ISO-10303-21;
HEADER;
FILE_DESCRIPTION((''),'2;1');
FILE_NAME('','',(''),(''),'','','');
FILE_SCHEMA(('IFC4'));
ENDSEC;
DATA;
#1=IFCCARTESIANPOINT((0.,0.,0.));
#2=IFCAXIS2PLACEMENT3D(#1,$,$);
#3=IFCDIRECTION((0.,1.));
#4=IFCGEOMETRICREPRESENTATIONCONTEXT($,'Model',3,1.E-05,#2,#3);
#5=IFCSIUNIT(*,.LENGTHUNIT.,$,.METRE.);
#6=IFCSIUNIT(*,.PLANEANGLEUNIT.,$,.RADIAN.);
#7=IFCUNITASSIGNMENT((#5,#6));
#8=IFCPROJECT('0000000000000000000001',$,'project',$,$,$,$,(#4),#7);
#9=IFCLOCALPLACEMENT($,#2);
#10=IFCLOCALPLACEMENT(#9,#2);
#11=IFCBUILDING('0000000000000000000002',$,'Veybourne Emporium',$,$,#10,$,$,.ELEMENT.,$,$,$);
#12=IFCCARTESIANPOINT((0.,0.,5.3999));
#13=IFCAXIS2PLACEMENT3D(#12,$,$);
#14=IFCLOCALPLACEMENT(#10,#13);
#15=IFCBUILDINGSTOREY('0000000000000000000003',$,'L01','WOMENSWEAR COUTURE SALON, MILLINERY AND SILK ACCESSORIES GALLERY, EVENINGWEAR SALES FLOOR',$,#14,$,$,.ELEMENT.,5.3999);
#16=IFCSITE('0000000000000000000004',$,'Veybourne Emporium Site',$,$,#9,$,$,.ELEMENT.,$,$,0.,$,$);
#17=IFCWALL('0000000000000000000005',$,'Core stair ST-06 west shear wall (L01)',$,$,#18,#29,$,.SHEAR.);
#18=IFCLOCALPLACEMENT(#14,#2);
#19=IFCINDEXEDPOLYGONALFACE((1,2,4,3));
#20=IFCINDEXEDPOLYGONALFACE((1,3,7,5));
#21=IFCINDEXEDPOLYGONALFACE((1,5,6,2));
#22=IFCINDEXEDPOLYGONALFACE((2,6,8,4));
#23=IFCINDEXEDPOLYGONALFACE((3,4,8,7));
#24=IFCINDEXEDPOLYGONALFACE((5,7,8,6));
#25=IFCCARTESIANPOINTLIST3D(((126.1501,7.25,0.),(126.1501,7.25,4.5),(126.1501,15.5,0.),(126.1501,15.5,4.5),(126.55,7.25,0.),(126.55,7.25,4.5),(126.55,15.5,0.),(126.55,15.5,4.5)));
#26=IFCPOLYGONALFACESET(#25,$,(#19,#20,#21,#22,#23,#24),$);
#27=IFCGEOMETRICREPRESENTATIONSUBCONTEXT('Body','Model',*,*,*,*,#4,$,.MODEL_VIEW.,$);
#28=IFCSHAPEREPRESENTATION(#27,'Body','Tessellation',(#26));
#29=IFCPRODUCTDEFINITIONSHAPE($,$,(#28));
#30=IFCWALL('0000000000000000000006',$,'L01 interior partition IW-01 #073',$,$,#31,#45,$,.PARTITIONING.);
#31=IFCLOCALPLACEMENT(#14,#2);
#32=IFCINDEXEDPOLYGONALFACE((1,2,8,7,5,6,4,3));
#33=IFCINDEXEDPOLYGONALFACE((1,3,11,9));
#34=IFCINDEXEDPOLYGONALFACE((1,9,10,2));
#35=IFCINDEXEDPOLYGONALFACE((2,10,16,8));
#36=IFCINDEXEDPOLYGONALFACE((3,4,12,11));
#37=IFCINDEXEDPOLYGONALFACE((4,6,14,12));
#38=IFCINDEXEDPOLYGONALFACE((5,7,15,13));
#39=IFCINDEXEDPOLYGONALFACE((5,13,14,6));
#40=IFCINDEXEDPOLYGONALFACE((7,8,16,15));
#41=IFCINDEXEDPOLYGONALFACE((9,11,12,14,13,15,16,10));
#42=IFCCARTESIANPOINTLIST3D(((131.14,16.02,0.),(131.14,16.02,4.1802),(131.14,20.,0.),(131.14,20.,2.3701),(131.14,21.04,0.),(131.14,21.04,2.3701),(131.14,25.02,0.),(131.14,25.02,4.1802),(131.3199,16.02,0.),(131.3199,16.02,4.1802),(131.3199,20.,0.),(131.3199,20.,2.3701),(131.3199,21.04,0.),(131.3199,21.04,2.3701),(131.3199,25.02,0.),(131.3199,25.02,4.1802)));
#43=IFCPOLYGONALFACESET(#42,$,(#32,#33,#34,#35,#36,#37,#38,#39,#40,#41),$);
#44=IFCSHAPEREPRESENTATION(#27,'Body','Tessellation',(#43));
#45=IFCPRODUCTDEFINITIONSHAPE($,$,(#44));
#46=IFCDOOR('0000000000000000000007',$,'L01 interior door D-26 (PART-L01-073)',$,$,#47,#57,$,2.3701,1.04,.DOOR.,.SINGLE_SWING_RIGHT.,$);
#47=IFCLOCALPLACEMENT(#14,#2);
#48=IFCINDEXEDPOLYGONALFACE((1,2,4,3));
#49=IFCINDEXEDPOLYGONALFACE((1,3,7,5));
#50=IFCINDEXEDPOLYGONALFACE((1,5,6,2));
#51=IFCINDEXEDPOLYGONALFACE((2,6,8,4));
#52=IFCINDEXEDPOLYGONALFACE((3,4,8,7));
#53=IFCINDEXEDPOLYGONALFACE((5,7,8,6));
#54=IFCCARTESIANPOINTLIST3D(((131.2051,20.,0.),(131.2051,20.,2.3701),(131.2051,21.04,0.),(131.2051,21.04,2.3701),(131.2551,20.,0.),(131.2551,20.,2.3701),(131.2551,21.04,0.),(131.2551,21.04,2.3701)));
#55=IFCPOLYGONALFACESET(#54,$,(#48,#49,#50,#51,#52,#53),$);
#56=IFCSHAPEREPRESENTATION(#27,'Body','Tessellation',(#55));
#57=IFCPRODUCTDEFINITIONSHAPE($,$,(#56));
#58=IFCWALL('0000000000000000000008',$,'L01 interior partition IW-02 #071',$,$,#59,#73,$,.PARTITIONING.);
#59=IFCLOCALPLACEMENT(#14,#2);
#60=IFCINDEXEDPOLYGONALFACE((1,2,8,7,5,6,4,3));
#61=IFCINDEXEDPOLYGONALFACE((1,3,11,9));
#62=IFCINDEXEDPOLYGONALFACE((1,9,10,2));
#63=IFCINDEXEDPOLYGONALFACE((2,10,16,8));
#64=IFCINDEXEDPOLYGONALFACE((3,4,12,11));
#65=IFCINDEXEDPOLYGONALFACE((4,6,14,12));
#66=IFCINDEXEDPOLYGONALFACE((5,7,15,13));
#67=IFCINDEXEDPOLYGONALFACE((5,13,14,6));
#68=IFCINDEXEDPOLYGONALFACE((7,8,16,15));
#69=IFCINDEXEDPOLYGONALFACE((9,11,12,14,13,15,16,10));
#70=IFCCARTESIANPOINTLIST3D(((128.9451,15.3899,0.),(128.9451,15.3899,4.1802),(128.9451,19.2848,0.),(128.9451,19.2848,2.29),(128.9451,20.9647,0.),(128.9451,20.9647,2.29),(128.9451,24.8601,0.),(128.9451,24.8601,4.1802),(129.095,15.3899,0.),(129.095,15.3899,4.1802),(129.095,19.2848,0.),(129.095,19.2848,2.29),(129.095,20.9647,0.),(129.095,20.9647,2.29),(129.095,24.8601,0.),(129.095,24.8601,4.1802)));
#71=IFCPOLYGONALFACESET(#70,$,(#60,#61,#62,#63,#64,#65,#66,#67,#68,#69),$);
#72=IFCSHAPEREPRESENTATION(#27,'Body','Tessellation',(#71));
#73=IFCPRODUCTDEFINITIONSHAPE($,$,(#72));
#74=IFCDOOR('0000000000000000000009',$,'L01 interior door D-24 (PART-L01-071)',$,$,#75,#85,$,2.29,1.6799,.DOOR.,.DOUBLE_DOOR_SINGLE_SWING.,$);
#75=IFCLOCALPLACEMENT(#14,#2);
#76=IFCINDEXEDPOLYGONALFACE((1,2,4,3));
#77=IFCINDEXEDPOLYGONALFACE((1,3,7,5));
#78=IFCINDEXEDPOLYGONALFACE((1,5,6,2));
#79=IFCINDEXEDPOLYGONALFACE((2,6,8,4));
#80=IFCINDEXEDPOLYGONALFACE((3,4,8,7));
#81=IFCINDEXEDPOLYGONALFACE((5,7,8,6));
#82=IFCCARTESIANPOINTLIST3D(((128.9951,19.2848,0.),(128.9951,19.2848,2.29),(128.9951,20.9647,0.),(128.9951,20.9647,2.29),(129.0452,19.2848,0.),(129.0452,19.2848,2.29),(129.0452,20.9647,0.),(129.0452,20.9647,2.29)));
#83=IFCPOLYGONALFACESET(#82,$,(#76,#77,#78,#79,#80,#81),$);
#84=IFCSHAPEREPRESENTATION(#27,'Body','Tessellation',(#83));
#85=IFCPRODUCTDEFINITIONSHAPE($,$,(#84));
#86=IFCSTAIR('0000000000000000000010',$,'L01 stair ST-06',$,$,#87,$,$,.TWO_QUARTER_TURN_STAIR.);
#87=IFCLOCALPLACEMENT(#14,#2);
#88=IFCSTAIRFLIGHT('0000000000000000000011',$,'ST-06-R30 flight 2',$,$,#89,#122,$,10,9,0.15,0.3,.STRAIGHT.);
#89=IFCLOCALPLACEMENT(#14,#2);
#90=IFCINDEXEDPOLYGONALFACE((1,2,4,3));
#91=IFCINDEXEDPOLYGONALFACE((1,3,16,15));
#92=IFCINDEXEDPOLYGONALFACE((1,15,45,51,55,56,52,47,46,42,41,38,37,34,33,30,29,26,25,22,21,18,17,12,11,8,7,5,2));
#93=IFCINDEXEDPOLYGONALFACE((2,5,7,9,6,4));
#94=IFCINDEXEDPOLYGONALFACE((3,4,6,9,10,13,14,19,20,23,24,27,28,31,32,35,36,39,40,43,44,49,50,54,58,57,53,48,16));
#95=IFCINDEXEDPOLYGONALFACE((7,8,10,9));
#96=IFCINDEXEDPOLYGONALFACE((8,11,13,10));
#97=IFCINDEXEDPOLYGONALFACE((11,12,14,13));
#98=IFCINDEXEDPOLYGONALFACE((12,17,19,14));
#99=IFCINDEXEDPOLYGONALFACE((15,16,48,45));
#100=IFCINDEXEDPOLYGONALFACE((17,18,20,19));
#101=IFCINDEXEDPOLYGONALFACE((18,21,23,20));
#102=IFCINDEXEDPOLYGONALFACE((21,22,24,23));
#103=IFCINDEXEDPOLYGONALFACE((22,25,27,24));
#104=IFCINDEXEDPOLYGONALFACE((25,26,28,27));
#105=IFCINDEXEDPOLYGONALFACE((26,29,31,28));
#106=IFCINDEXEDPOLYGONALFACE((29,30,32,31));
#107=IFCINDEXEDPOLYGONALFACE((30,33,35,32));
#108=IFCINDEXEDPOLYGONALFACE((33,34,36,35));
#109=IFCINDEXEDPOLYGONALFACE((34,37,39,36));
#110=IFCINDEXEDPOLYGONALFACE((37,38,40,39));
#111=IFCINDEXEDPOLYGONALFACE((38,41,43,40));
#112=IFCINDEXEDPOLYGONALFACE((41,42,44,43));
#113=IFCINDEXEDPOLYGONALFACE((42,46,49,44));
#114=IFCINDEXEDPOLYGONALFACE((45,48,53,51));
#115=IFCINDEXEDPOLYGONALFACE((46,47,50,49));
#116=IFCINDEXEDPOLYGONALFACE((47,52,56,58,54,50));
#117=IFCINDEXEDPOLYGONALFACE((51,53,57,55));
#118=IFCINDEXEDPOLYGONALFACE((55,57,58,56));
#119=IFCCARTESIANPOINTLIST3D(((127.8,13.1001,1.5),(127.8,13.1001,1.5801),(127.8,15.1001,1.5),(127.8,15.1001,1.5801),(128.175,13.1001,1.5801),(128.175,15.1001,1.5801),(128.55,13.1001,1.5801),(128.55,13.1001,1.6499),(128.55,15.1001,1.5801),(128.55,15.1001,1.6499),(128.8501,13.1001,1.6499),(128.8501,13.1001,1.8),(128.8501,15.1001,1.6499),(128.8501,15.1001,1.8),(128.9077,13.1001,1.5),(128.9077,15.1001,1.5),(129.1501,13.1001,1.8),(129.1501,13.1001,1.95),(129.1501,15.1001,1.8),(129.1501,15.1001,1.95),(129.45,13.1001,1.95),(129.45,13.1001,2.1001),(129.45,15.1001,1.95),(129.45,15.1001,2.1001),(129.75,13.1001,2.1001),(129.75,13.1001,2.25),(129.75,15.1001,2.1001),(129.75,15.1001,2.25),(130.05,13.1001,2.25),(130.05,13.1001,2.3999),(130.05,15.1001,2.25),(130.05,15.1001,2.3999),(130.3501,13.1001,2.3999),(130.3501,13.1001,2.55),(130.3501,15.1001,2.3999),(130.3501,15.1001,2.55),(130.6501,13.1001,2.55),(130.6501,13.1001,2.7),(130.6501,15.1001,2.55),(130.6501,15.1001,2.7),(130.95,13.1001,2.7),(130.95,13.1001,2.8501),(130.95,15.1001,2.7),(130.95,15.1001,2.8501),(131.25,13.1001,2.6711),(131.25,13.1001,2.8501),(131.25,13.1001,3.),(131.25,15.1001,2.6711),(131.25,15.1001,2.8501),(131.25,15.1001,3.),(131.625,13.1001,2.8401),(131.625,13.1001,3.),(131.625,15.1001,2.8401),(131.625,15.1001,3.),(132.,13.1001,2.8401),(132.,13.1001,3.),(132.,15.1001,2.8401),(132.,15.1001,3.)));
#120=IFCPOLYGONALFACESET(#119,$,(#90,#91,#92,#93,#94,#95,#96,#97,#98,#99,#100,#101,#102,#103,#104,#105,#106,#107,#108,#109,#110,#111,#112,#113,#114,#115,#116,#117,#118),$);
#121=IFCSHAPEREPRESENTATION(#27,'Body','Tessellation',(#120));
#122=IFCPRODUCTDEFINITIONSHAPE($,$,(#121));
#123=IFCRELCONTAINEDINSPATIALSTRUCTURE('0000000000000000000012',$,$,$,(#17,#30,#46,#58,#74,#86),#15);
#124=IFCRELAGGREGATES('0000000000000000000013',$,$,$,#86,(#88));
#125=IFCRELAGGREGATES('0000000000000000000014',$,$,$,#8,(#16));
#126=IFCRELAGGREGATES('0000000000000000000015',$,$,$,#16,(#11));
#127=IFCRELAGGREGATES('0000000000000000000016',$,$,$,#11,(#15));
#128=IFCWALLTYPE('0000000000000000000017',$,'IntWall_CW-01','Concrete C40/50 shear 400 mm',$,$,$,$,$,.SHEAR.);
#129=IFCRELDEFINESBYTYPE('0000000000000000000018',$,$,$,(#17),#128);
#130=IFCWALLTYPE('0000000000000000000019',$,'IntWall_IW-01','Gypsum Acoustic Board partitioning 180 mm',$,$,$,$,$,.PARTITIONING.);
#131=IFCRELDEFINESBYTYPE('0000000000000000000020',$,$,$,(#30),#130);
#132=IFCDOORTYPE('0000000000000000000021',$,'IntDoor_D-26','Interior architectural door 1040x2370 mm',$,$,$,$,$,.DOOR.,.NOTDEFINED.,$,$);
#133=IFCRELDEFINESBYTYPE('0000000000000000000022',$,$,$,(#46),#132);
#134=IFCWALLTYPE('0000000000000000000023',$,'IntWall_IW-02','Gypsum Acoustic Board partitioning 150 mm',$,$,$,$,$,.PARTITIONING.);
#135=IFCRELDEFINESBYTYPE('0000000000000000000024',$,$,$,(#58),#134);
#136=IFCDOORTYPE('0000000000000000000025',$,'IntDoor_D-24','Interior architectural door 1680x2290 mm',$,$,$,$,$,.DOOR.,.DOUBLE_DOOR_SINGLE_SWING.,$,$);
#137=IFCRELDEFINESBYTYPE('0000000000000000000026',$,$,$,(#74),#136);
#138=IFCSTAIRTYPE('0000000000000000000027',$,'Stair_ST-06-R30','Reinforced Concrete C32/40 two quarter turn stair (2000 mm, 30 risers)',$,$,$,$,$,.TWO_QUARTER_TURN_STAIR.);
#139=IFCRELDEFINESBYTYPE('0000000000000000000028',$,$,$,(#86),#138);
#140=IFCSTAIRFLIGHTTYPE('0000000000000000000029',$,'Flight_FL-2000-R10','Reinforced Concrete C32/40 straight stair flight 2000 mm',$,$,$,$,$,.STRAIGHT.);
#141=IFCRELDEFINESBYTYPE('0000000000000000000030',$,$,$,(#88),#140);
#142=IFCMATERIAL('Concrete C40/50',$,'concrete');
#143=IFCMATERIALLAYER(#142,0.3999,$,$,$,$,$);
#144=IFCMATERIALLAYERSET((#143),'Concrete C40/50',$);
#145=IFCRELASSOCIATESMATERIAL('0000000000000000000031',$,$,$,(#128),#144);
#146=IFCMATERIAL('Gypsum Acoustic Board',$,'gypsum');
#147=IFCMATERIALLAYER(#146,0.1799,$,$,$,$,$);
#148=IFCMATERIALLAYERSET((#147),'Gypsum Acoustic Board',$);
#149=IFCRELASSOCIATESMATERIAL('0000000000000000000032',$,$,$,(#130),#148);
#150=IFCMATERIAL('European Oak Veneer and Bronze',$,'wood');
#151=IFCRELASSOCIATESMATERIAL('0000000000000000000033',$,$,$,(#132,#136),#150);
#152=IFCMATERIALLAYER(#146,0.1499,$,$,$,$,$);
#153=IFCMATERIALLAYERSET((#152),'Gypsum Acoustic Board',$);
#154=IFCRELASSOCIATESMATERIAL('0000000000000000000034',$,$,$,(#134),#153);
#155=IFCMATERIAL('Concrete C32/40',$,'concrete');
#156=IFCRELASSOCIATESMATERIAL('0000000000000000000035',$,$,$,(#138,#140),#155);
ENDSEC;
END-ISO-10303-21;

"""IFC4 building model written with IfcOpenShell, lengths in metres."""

from ifc_helpers import new_model, si_unit, direction, frame, frame_2d, origin, place, context, subcontext, project, spatial, polyline, rectangle, outline, extrude, material, layer, layer_set, type_object, element, fill, aggregate, save


model = new_model("IFC4")

# Units and contexts
model_context = context("Model", 3, precision=1e-05, world=origin(), true_north=direction((0.0, 1.0)))
body_context = subcontext(model_context, "Body", "Model", "MODEL_VIEW")
ifc_project = project(units=[si_unit("LENGTHUNIT", "METRE"), si_unit("PLANEANGLEUNIT", "RADIAN")], contexts=[model_context])

# Site, building, storey
site_placement = place(None, origin())
site = spatial("IfcSite", under=ifc_project, at=site_placement, Name="Veybourne Emporium Site", CompositionType="ELEMENT", RefElevation=0.0)
building_placement = place(site_placement, origin())
building = spatial("IfcBuilding", under=site, at=building_placement, Name="Veybourne Emporium", CompositionType="ELEMENT")
storey_placement = place(building_placement, frame((0.0, 0.0, 5.3999)))
storey = spatial("IfcBuildingStorey", under=building, at=storey_placement, Name="L01", Description="WOMENSWEAR COUTURE SALON, MILLINERY AND SILK ACCESSORIES GALLERY, EVENINGWEAR SALES FLOOR", CompositionType="ELEMENT", Elevation=5.3999)

# Shared definitions
ifc_material_1 = material(Name="Concrete C40/50", Category="concrete")

# Shared definitions
ifc_material_2 = material(Name="Concrete C32/40", Category="concrete")

# Wall
ifc_layer_1 = layer(ifc_material_1, 0.3999)
ifc_layer_set_1 = layer_set([ifc_layer_1], Name="Concrete C40/50")
wall_type_1 = type_object("IfcWallType", Name="IntWall_CW-01", Description="Concrete C40/50 shear 400 mm", PredefinedType="SHEAR", material=ifc_layer_set_1)
wall_1_placement = place(storey_placement, frame((126.3501, 15.5, 0.0), z_axis=(0.0, 0.0, 1.0), x_axis=(0.0, -1.0, 0.0)))
element("IfcWall", 1, at=wall_1_placement, inside=storey, type_object=wall_type_1, Name="Core stair ST-06 west shear wall (L01)", PredefinedType="SHEAR", context=body_context, shape_type="SweptSolid", body=[
    extrude(rectangle(XDim=8.25, YDim=0.3999, at=frame_2d((4.125, 0.0))), origin(), (0.0, 0.0, 1.0), 4.5),
])

# Walls, openings, doors
ifc_material_3 = material(Name="Gypsum Acoustic Board", Category="gypsum")
ifc_layer_2 = layer(ifc_material_3, 0.1799)
ifc_layer_set_2 = layer_set([ifc_layer_2], Name="Gypsum Acoustic Board")
wall_type_2 = type_object("IfcWallType", Name="IntWall_IW-01", Description="Gypsum Acoustic Board partitioning 180 mm", PredefinedType="PARTITIONING", material=ifc_layer_set_2)
wall_2_placement = place(storey_placement, frame((131.23, 16.02, 0.0), z_axis=(0.0, 0.0, 1.0), x_axis=(0.0, 1.0, 0.0)))
wall_2 = element("IfcWall", 2, at=wall_2_placement, inside=storey, type_object=wall_type_2, Name="L01 interior partition IW-01 #073", PredefinedType="PARTITIONING", context=body_context, shape_type="SweptSolid", body=[
    extrude(rectangle(XDim=9.0, YDim=0.1799, at=frame_2d((4.5, 0.0))), origin(), (0.0, 0.0, 1.0), 4.1802),
])
opening_1_placement = place(wall_2_placement, frame((3.98, 0.0, 0.0)))
opening_1 = element("IfcOpeningElement", 3, at=opening_1_placement, cuts=wall_2, PredefinedType="OPENING", context=body_context, shape_type="SweptSolid", body=[
    extrude(rectangle(XDim=1.04, YDim=2.3701, at=frame_2d((0.52, 1.1851))), frame((0.0, 0.1099, 0.0), z_axis=(0.0, -1.0, 0.0), x_axis=(1.0, 0.0, 0.0)), (0.0, 0.0, 1.0), 0.22),
])
ifc_material_4 = material(Name="European Oak Veneer and Bronze", Category="wood")
door_type_1 = type_object("IfcDoorType", Name="IntDoor_D-26", Description="Interior architectural door 1040x2370 mm", OperationType="NOTDEFINED", PredefinedType="DOOR", material=ifc_material_4)
door_1_placement = place(opening_1_placement, origin())
door_1 = element("IfcDoor", 4, at=door_1_placement, inside=storey, type_object=door_type_1, Name="L01 interior door D-26 (PART-L01-073)", OperationType="SINGLE_SWING_RIGHT", OverallHeight=2.3701, OverallWidth=1.04, PredefinedType="DOOR", context=body_context, shape_type="SweptSolid", body=[
    extrude(rectangle(XDim=1.04, YDim=2.3701, at=frame_2d((0.52, 1.1851))), frame((0.0, 0.0249, 0.0), z_axis=(0.0, -1.0, 0.0), x_axis=(1.0, 0.0, 0.0)), (0.0, 0.0, 1.0), 0.05),
])
fill(opening_1, door_1)
ifc_layer_3 = layer(ifc_material_3, 0.1499)
ifc_layer_set_3 = layer_set([ifc_layer_3], Name="Gypsum Acoustic Board")
wall_type_3 = type_object("IfcWallType", Name="IntWall_IW-02", Description="Gypsum Acoustic Board partitioning 150 mm", PredefinedType="PARTITIONING", material=ifc_layer_set_3)
wall_3_placement = place(storey_placement, frame((129.02, 15.3899, 0.0), z_axis=(0.0, 0.0, 1.0), x_axis=(0.0, 1.0, 0.0)))
wall_3 = element("IfcWall", 5, at=wall_3_placement, inside=storey, type_object=wall_type_3, Name="L01 interior partition IW-02 #071", PredefinedType="PARTITIONING", context=body_context, shape_type="SweptSolid", body=[
    extrude(rectangle(XDim=9.4702, YDim=0.1499, at=frame_2d((4.7351, 0.0))), origin(), (0.0, 0.0, 1.0), 4.1802),
])
opening_2_placement = place(wall_3_placement, frame((3.895, 0.0, 0.0)))
opening_2 = element("IfcOpeningElement", 6, at=opening_2_placement, cuts=wall_3, PredefinedType="OPENING", context=body_context, shape_type="SweptSolid", body=[
    extrude(rectangle(XDim=1.6799, YDim=2.29, at=frame_2d((0.8398, 1.145))), frame((0.0, 0.095, 0.0), z_axis=(0.0, -1.0, 0.0), x_axis=(1.0, 0.0, 0.0)), (0.0, 0.0, 1.0), 0.1899),
])
door_type_2 = type_object("IfcDoorType", Name="IntDoor_D-24", Description="Interior architectural door 1680x2290 mm", OperationType="DOUBLE_DOOR_SINGLE_SWING", PredefinedType="DOOR", material=ifc_material_4)
door_2_placement = place(opening_2_placement, origin())
door_2 = element("IfcDoor", 7, at=door_2_placement, inside=storey, type_object=door_type_2, Name="L01 interior door D-24 (PART-L01-071)", OperationType="DOUBLE_DOOR_SINGLE_SWING", OverallHeight=2.29, OverallWidth=1.6799, PredefinedType="DOOR", context=body_context, shape_type="SweptSolid", body=[
    extrude(rectangle(XDim=1.6799, YDim=2.29, at=frame_2d((0.8398, 1.145))), frame((0.0, 0.0249, 0.0), z_axis=(0.0, -1.0, 0.0), x_axis=(1.0, 0.0, 0.0)), (0.0, 0.0, 1.0), 0.05),
])
fill(opening_2, door_2)

# Stair, stair flight
stair_type = type_object("IfcStairType", Name="Stair_ST-06-R30", Description="Reinforced Concrete C32/40 two quarter turn stair (2000 mm, 30 risers)", PredefinedType="TWO_QUARTER_TURN_STAIR", material=ifc_material_2)
stair_placement = place(storey_placement, origin())
stair = element("IfcStair", 8, at=stair_placement, inside=storey, type_object=stair_type, Name="L01 stair ST-06", PredefinedType="TWO_QUARTER_TURN_STAIR")
stair_flight_type = type_object("IfcStairFlightType", Name="Flight_FL-2000-R10", Description="Reinforced Concrete C32/40 straight stair flight 2000 mm", PredefinedType="STRAIGHT", material=ifc_material_2)
stair_flight_placement = place(storey_placement, frame((128.55, 14.1001, 1.5), z_axis=(0.0, 0.0, 1.0), x_axis=(1.0, 0.0, 0.0)))
stair_flight = element("IfcStairFlight", 9, at=stair_flight_placement, type_object=stair_flight_type, Name="ST-06-R30 flight 2", NumberOfRisers=10, NumberOfTreads=9, PredefinedType="STRAIGHT", RiserHeight=0.15, TreadLength=0.3, context=body_context, shape_type="SweptSolid", body=[
    extrude(outline(polyline([(-0.75, 0.0), (-0.75, 0.0801), (-0.375, 0.0801), (0.0, 0.0801), (0.0, 0.1499), (0.3, 0.1499), (0.3, 0.3), (0.6001, 0.3), (0.6001, 0.45), (0.8999, 0.45), (0.8999, 0.6001), (1.2, 0.6001), (1.2, 0.75), (1.5, 0.75), (1.5, 0.8999), (1.8, 0.8999), (1.8, 1.05), (2.1001, 1.05), (2.1001, 1.2), (2.3999, 1.2), (2.3999, 1.3501), (2.7, 1.3501), (2.7, 1.5), (3.075, 1.5), (3.45, 1.5), (3.45, 1.3401), (3.075, 1.3401), (2.7, 1.1711), (0.3577, 0.0), (-0.75, 0.0)])), frame((0.0, 1.0, 0.0), z_axis=(0.0, -1.0, 0.0), x_axis=(1.0, 0.0, 0.0)), (0.0, 0.0, 1.0), 2.0),
])
aggregate(stair, [stair_flight])

save(model, "model.ifc")
